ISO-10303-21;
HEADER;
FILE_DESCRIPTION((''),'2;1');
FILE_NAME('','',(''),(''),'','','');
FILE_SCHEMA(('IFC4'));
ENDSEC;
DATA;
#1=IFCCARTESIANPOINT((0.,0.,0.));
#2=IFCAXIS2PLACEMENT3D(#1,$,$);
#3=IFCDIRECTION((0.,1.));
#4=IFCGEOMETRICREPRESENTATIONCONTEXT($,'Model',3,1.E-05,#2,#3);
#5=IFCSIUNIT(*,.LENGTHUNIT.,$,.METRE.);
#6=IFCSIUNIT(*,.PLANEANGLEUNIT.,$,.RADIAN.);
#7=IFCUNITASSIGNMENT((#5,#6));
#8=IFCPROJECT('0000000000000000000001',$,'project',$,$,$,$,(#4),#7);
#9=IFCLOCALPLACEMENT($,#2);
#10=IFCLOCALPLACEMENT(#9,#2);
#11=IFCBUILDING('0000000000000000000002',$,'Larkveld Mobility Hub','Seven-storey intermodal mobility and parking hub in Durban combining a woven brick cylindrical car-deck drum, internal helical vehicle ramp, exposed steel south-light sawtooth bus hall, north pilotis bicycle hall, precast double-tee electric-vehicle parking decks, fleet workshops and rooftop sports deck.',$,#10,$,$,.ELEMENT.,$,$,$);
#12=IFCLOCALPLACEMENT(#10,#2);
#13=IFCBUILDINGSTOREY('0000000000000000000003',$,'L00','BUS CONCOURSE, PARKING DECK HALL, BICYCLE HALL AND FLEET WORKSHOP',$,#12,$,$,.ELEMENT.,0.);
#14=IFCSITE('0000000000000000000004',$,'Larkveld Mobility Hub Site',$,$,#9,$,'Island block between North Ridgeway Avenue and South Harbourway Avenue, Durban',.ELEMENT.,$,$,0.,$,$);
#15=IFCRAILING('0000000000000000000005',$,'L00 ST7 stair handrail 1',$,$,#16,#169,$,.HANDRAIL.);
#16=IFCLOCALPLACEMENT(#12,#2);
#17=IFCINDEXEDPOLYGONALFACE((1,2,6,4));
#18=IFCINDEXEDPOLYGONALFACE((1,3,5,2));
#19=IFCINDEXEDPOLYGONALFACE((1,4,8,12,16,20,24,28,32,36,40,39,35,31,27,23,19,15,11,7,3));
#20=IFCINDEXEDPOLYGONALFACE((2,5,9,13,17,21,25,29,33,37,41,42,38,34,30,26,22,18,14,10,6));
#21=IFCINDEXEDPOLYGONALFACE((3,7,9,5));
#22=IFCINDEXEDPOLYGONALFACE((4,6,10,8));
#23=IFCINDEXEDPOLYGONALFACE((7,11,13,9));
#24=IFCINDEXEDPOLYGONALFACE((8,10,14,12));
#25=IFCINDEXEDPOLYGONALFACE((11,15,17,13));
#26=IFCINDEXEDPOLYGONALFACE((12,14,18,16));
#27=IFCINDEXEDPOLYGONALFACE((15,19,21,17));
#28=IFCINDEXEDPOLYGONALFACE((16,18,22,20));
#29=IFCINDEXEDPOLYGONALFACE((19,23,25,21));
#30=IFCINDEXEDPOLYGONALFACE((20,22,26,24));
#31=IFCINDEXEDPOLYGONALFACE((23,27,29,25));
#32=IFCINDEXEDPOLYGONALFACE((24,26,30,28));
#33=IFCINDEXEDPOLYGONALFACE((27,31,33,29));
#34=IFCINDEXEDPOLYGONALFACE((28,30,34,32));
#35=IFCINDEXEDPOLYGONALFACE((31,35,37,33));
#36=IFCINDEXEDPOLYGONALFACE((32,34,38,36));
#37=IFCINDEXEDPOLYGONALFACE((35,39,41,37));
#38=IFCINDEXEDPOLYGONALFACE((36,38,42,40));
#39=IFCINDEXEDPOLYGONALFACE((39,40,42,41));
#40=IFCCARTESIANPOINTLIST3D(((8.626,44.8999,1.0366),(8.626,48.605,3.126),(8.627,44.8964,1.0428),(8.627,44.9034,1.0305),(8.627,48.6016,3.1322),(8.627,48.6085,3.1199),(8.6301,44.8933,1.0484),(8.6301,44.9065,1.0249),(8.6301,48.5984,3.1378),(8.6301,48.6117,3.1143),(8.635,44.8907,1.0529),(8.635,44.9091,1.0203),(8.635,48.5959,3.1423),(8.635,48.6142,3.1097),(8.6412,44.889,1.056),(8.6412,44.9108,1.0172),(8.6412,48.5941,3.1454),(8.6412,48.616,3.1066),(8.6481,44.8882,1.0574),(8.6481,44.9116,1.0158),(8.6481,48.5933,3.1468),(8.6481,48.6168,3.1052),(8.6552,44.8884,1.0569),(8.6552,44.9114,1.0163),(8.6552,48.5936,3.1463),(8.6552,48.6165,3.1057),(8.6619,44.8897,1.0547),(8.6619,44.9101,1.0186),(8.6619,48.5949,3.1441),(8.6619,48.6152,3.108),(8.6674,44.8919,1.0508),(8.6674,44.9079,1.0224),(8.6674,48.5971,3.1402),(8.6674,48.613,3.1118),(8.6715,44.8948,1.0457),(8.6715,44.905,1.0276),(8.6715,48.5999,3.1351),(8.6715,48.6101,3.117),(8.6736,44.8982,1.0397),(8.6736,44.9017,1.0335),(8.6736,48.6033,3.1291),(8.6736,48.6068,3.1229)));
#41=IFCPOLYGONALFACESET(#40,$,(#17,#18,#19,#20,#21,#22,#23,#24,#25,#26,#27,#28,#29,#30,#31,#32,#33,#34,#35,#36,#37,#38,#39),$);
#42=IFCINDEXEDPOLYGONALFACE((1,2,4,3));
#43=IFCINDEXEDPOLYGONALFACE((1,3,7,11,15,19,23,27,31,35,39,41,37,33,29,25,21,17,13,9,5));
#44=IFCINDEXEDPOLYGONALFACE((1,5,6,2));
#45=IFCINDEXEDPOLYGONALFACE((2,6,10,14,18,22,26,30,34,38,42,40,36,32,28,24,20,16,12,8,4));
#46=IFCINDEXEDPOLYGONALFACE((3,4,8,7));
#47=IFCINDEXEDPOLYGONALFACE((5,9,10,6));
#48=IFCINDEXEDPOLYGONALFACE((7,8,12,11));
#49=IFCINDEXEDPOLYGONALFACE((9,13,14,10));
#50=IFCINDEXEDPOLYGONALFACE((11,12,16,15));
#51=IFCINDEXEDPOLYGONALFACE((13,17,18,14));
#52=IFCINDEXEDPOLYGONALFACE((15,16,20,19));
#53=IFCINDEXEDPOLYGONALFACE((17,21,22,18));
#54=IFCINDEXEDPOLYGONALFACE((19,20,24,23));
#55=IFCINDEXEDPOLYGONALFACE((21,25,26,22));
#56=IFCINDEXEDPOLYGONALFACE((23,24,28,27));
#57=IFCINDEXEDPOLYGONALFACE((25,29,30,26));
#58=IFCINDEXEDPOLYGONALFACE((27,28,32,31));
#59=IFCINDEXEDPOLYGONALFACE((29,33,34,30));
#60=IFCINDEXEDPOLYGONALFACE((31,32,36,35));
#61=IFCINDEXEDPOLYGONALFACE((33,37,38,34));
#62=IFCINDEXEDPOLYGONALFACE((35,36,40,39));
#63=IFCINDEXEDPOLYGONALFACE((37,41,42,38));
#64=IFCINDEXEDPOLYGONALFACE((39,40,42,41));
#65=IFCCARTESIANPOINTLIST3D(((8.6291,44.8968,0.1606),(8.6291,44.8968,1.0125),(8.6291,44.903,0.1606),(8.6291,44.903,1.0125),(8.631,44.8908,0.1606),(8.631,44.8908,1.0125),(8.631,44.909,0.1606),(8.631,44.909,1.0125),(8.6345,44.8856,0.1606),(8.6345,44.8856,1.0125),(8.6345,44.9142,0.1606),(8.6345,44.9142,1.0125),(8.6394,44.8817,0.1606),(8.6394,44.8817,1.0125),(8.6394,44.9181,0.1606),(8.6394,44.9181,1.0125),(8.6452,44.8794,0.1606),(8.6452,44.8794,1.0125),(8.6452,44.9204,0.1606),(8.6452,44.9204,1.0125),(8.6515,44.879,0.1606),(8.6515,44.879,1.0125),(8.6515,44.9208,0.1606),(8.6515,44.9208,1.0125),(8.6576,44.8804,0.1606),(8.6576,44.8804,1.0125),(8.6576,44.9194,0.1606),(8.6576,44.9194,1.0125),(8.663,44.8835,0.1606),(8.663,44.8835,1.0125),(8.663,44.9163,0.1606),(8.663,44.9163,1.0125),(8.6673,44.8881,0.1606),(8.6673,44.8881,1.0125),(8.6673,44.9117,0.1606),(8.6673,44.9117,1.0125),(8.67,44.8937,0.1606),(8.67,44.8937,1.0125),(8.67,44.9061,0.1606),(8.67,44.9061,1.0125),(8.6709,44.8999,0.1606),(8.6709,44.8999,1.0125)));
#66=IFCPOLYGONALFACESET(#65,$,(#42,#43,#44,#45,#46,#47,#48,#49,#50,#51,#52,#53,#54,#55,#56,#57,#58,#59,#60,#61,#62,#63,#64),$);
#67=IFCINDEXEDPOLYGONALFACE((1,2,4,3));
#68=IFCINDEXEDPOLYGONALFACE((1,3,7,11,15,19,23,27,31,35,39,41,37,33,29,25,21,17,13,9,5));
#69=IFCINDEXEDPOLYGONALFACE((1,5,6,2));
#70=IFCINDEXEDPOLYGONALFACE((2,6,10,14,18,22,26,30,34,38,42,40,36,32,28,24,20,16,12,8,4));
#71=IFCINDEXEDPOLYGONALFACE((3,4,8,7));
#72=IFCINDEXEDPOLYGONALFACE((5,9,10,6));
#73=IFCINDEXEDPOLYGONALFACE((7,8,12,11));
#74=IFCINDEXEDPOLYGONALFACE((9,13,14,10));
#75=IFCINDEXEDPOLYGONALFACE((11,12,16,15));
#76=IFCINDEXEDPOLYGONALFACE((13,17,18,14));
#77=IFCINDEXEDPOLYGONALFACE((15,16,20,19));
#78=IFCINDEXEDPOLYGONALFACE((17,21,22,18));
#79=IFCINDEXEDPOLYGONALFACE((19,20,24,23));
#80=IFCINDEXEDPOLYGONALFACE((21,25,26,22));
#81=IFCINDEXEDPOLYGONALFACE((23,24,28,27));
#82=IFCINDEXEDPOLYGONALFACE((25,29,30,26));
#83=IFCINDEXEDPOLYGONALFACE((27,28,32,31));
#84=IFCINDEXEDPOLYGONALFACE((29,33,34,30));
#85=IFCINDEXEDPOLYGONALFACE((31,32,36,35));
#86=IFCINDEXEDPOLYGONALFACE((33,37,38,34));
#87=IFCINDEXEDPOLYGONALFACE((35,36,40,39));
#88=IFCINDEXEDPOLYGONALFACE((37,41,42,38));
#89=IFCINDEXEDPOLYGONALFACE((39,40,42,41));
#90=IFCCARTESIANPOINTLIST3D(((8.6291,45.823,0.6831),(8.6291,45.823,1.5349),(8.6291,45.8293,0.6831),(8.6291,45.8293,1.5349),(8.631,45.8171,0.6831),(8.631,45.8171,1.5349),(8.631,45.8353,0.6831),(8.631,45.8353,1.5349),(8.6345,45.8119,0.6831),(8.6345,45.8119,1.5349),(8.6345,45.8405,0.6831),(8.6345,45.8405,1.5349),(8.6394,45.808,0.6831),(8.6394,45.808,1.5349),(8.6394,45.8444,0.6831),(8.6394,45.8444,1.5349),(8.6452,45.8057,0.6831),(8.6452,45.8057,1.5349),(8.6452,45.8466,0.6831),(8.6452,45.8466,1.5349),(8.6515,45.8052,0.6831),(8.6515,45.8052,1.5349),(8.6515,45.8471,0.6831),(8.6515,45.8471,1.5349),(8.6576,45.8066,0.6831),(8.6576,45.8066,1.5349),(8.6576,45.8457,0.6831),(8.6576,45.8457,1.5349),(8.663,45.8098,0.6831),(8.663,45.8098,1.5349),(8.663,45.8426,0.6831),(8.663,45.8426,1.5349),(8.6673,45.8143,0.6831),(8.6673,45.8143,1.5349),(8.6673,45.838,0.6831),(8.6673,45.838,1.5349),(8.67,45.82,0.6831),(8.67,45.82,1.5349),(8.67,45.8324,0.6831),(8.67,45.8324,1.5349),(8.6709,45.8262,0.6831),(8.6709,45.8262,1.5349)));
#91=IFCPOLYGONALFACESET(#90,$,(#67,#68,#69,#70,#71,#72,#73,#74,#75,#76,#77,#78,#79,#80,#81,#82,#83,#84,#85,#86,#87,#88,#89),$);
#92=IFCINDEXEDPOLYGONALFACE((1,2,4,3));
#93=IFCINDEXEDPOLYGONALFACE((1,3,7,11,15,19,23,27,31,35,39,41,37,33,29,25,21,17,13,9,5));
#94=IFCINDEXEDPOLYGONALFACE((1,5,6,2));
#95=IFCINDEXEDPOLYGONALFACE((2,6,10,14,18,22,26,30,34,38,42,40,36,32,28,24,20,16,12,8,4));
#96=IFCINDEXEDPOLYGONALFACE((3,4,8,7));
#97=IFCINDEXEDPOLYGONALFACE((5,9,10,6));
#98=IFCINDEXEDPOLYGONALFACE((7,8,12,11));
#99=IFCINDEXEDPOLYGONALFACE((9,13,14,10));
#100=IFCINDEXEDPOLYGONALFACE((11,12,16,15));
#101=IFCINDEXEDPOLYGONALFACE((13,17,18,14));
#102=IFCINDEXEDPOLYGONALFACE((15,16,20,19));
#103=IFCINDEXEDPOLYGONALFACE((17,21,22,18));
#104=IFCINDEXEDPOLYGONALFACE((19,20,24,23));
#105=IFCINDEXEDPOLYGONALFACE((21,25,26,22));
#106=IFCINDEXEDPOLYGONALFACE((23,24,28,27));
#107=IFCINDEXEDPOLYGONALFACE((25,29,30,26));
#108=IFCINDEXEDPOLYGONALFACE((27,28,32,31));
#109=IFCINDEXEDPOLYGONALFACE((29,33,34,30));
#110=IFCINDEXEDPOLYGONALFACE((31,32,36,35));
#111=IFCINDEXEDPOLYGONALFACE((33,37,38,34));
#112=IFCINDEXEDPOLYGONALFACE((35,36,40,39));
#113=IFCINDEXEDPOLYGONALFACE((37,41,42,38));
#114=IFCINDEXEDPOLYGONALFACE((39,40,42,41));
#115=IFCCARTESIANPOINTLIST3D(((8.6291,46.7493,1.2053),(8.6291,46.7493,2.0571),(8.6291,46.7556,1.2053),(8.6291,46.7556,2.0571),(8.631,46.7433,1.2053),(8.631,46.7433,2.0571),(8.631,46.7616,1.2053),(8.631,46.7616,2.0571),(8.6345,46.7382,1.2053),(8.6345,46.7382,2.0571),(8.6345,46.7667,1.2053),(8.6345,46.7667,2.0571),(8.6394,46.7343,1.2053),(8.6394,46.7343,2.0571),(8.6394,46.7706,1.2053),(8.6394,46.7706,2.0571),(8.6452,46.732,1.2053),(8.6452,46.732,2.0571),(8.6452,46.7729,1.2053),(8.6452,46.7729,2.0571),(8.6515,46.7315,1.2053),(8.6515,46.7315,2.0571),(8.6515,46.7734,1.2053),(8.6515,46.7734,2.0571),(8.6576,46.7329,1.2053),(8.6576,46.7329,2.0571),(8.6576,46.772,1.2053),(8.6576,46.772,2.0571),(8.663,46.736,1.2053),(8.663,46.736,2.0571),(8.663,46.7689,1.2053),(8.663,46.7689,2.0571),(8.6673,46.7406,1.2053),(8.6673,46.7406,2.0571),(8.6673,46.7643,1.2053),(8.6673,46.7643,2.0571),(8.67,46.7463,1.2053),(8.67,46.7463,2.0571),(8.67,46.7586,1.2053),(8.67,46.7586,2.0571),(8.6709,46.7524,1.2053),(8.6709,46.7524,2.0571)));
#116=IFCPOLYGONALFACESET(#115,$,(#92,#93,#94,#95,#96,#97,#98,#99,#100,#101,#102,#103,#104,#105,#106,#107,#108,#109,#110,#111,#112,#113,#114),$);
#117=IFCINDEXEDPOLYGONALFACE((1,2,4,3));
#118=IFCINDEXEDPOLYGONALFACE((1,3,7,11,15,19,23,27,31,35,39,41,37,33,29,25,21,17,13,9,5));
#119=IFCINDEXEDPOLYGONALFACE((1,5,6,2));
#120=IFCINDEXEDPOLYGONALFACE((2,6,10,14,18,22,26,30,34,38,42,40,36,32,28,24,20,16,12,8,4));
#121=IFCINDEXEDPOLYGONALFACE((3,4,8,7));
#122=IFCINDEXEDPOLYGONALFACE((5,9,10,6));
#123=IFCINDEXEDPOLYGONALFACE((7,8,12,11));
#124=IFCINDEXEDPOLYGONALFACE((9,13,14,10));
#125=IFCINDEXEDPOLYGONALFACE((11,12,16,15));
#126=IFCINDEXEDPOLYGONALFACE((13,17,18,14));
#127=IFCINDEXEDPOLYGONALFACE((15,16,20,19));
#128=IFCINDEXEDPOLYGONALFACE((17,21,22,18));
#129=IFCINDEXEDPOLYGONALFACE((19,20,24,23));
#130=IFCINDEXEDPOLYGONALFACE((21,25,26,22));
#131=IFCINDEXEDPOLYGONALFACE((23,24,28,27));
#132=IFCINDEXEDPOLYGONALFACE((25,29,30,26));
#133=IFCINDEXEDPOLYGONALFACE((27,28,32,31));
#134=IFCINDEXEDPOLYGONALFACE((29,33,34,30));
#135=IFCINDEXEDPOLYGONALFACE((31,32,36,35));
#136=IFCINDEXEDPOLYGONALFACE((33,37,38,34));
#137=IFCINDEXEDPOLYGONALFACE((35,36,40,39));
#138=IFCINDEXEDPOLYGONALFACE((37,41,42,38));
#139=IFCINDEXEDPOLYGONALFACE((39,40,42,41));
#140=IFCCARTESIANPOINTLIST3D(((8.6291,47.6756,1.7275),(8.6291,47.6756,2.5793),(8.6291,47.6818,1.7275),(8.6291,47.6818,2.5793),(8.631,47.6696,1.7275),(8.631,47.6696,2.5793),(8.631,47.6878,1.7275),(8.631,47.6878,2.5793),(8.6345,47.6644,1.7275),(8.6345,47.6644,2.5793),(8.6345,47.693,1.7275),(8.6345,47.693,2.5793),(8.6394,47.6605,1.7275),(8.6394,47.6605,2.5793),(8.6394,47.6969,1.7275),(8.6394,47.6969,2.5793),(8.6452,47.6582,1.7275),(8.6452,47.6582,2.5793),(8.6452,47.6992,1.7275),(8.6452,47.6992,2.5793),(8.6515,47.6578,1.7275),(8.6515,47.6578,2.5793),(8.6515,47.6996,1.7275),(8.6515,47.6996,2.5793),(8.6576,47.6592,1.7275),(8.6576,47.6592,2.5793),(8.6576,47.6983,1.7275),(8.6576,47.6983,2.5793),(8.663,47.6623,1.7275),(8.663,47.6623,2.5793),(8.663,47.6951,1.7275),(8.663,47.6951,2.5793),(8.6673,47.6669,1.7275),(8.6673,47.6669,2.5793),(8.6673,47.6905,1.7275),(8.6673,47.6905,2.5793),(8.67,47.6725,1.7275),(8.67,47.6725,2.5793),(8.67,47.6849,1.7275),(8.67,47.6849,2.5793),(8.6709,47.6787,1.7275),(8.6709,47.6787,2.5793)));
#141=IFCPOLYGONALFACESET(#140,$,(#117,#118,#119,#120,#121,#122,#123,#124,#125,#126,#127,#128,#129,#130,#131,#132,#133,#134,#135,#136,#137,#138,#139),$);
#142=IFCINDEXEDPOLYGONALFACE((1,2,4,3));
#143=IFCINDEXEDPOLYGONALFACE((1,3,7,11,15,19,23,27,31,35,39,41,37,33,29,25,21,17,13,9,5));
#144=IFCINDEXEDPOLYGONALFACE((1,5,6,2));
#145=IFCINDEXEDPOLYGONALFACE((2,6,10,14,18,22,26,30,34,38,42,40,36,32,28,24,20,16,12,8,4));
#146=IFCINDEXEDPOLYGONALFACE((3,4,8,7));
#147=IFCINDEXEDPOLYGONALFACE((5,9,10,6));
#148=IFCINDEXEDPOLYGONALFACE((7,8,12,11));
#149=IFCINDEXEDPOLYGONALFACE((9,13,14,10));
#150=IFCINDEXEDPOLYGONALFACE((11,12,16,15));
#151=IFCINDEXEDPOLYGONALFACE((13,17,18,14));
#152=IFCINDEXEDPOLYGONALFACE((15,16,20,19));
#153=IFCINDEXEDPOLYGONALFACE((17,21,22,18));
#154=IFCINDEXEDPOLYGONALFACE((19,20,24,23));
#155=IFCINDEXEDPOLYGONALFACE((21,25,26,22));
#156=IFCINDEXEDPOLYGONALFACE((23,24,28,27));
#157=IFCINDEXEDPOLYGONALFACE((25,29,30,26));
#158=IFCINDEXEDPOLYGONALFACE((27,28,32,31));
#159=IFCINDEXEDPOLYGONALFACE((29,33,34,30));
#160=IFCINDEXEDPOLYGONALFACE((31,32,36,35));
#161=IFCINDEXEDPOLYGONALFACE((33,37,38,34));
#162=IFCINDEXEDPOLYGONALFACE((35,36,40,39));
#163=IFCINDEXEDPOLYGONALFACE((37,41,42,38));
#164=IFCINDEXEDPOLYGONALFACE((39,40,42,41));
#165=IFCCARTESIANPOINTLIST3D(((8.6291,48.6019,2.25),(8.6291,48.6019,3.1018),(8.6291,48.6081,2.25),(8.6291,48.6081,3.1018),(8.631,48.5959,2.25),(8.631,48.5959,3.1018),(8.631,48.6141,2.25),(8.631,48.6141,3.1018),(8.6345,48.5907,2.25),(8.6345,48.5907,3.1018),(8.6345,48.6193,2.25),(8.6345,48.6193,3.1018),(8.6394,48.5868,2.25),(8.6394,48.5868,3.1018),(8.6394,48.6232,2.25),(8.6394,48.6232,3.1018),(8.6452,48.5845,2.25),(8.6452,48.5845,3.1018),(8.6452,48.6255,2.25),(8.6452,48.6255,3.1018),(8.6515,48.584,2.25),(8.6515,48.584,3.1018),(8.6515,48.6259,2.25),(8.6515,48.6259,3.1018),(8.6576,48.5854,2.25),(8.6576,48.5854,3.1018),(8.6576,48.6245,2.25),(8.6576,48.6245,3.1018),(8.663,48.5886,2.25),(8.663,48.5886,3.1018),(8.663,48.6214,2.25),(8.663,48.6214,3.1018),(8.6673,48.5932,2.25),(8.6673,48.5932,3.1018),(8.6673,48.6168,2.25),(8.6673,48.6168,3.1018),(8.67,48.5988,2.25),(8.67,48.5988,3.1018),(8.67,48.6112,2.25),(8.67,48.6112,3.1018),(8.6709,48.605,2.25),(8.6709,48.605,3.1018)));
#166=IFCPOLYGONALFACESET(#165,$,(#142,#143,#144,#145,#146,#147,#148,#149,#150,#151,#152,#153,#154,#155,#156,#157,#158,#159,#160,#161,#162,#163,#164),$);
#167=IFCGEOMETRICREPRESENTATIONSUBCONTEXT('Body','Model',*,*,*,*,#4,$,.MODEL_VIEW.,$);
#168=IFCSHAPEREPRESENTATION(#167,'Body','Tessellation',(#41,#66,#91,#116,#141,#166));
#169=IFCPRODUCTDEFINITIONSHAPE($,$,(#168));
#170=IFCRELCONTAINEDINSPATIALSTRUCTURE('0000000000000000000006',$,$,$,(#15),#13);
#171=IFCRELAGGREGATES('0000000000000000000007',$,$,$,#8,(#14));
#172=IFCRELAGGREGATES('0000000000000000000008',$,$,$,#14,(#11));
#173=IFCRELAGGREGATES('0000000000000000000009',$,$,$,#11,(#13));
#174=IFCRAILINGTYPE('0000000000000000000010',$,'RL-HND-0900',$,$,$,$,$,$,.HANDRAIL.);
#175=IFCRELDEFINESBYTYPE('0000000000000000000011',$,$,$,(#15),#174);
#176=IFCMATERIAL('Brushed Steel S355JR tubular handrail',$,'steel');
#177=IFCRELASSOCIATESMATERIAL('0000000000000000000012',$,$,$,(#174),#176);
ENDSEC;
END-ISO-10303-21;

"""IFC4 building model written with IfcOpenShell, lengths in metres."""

from ifc_helpers import new_model, si_unit, direction, frame, origin, origin_2d, place, context, subcontext, project, spatial, circle, extrude, material, type_object, element, save


model = new_model("IFC4")

# Units and contexts
model_context = context("Model", 3, precision=1e-05, world=origin(), true_north=direction((0.0, 1.0)))
body_context = subcontext(model_context, "Body", "Model", "MODEL_VIEW")
ifc_project = project(units=[si_unit("LENGTHUNIT", "METRE"), si_unit("PLANEANGLEUNIT", "RADIAN")], contexts=[model_context])

# Site, building, storey
site_placement = place(None, origin())
site = spatial("IfcSite", under=ifc_project, at=site_placement, Name="Larkveld Mobility Hub Site", LongName="Island block between North Ridgeway Avenue and South Harbourway Avenue, Durban", CompositionType="ELEMENT", RefElevation=0.0)
building_placement = place(site_placement, origin())
building = spatial("IfcBuilding", under=site, at=building_placement, Name="Larkveld Mobility Hub", Description="Seven-storey intermodal mobility and parking hub in Durban combining a woven brick cylindrical car-deck drum, internal helical vehicle ramp, exposed steel south-light sawtooth bus hall, north pilotis bicycle hall, precast double-tee electric-vehicle parking decks, fleet workshops and rooftop sports deck.", CompositionType="ELEMENT")
storey_placement = place(building_placement, origin())
storey = spatial("IfcBuildingStorey", under=building, at=storey_placement, Name="L00", Description="BUS CONCOURSE, PARKING DECK HALL, BICYCLE HALL AND FLEET WORKSHOP", CompositionType="ELEMENT", Elevation=0.0)

# Railing
ifc_material_1 = material(Name="Brushed Steel S355JR tubular handrail", Category="steel")
railing_type = type_object("IfcRailingType", Name="RL-HND-0900", PredefinedType="HANDRAIL", material=ifc_material_1)
railing_placement = place(storey_placement, frame((8.6499, 44.8999, 0.1606)))
element("IfcRailing", 1, at=railing_placement, inside=storey, type_object=railing_type, Name="L00 ST7 stair handrail 1", PredefinedType="HANDRAIL", context=body_context, shape_type="SweptSolid", body=[
    extrude(circle(Radius=0.0239, at=origin_2d()), frame((0.0, 0.0, 0.876), z_axis=(0.0, 0.871048, 0.491198), x_axis=(-1.0, 0.0, 0.0)), (0.0, 0.0, 1.0), 4.2537),
    extrude(circle(Radius=0.021, at=origin_2d()), origin(), (0.0, 0.0, 1.0), 0.8518),
    extrude(circle(Radius=0.021, at=origin_2d()), frame((0.0, 0.9263, 0.5225)), (0.0, 0.0, 1.0), 0.8518),
    extrude(circle(Radius=0.021, at=origin_2d()), frame((0.0, 1.8525, 1.0447)), (0.0, 0.0, 1.0), 0.8518),
    extrude(circle(Radius=0.021, at=origin_2d()), frame((0.0, 2.7788, 1.5669)), (0.0, 0.0, 1.0), 0.8518),
    extrude(circle(Radius=0.021, at=origin_2d()), frame((0.0, 3.7051, 2.0894)), (0.0, 0.0, 1.0), 0.8518),
])

save(model, "model.ifc")
